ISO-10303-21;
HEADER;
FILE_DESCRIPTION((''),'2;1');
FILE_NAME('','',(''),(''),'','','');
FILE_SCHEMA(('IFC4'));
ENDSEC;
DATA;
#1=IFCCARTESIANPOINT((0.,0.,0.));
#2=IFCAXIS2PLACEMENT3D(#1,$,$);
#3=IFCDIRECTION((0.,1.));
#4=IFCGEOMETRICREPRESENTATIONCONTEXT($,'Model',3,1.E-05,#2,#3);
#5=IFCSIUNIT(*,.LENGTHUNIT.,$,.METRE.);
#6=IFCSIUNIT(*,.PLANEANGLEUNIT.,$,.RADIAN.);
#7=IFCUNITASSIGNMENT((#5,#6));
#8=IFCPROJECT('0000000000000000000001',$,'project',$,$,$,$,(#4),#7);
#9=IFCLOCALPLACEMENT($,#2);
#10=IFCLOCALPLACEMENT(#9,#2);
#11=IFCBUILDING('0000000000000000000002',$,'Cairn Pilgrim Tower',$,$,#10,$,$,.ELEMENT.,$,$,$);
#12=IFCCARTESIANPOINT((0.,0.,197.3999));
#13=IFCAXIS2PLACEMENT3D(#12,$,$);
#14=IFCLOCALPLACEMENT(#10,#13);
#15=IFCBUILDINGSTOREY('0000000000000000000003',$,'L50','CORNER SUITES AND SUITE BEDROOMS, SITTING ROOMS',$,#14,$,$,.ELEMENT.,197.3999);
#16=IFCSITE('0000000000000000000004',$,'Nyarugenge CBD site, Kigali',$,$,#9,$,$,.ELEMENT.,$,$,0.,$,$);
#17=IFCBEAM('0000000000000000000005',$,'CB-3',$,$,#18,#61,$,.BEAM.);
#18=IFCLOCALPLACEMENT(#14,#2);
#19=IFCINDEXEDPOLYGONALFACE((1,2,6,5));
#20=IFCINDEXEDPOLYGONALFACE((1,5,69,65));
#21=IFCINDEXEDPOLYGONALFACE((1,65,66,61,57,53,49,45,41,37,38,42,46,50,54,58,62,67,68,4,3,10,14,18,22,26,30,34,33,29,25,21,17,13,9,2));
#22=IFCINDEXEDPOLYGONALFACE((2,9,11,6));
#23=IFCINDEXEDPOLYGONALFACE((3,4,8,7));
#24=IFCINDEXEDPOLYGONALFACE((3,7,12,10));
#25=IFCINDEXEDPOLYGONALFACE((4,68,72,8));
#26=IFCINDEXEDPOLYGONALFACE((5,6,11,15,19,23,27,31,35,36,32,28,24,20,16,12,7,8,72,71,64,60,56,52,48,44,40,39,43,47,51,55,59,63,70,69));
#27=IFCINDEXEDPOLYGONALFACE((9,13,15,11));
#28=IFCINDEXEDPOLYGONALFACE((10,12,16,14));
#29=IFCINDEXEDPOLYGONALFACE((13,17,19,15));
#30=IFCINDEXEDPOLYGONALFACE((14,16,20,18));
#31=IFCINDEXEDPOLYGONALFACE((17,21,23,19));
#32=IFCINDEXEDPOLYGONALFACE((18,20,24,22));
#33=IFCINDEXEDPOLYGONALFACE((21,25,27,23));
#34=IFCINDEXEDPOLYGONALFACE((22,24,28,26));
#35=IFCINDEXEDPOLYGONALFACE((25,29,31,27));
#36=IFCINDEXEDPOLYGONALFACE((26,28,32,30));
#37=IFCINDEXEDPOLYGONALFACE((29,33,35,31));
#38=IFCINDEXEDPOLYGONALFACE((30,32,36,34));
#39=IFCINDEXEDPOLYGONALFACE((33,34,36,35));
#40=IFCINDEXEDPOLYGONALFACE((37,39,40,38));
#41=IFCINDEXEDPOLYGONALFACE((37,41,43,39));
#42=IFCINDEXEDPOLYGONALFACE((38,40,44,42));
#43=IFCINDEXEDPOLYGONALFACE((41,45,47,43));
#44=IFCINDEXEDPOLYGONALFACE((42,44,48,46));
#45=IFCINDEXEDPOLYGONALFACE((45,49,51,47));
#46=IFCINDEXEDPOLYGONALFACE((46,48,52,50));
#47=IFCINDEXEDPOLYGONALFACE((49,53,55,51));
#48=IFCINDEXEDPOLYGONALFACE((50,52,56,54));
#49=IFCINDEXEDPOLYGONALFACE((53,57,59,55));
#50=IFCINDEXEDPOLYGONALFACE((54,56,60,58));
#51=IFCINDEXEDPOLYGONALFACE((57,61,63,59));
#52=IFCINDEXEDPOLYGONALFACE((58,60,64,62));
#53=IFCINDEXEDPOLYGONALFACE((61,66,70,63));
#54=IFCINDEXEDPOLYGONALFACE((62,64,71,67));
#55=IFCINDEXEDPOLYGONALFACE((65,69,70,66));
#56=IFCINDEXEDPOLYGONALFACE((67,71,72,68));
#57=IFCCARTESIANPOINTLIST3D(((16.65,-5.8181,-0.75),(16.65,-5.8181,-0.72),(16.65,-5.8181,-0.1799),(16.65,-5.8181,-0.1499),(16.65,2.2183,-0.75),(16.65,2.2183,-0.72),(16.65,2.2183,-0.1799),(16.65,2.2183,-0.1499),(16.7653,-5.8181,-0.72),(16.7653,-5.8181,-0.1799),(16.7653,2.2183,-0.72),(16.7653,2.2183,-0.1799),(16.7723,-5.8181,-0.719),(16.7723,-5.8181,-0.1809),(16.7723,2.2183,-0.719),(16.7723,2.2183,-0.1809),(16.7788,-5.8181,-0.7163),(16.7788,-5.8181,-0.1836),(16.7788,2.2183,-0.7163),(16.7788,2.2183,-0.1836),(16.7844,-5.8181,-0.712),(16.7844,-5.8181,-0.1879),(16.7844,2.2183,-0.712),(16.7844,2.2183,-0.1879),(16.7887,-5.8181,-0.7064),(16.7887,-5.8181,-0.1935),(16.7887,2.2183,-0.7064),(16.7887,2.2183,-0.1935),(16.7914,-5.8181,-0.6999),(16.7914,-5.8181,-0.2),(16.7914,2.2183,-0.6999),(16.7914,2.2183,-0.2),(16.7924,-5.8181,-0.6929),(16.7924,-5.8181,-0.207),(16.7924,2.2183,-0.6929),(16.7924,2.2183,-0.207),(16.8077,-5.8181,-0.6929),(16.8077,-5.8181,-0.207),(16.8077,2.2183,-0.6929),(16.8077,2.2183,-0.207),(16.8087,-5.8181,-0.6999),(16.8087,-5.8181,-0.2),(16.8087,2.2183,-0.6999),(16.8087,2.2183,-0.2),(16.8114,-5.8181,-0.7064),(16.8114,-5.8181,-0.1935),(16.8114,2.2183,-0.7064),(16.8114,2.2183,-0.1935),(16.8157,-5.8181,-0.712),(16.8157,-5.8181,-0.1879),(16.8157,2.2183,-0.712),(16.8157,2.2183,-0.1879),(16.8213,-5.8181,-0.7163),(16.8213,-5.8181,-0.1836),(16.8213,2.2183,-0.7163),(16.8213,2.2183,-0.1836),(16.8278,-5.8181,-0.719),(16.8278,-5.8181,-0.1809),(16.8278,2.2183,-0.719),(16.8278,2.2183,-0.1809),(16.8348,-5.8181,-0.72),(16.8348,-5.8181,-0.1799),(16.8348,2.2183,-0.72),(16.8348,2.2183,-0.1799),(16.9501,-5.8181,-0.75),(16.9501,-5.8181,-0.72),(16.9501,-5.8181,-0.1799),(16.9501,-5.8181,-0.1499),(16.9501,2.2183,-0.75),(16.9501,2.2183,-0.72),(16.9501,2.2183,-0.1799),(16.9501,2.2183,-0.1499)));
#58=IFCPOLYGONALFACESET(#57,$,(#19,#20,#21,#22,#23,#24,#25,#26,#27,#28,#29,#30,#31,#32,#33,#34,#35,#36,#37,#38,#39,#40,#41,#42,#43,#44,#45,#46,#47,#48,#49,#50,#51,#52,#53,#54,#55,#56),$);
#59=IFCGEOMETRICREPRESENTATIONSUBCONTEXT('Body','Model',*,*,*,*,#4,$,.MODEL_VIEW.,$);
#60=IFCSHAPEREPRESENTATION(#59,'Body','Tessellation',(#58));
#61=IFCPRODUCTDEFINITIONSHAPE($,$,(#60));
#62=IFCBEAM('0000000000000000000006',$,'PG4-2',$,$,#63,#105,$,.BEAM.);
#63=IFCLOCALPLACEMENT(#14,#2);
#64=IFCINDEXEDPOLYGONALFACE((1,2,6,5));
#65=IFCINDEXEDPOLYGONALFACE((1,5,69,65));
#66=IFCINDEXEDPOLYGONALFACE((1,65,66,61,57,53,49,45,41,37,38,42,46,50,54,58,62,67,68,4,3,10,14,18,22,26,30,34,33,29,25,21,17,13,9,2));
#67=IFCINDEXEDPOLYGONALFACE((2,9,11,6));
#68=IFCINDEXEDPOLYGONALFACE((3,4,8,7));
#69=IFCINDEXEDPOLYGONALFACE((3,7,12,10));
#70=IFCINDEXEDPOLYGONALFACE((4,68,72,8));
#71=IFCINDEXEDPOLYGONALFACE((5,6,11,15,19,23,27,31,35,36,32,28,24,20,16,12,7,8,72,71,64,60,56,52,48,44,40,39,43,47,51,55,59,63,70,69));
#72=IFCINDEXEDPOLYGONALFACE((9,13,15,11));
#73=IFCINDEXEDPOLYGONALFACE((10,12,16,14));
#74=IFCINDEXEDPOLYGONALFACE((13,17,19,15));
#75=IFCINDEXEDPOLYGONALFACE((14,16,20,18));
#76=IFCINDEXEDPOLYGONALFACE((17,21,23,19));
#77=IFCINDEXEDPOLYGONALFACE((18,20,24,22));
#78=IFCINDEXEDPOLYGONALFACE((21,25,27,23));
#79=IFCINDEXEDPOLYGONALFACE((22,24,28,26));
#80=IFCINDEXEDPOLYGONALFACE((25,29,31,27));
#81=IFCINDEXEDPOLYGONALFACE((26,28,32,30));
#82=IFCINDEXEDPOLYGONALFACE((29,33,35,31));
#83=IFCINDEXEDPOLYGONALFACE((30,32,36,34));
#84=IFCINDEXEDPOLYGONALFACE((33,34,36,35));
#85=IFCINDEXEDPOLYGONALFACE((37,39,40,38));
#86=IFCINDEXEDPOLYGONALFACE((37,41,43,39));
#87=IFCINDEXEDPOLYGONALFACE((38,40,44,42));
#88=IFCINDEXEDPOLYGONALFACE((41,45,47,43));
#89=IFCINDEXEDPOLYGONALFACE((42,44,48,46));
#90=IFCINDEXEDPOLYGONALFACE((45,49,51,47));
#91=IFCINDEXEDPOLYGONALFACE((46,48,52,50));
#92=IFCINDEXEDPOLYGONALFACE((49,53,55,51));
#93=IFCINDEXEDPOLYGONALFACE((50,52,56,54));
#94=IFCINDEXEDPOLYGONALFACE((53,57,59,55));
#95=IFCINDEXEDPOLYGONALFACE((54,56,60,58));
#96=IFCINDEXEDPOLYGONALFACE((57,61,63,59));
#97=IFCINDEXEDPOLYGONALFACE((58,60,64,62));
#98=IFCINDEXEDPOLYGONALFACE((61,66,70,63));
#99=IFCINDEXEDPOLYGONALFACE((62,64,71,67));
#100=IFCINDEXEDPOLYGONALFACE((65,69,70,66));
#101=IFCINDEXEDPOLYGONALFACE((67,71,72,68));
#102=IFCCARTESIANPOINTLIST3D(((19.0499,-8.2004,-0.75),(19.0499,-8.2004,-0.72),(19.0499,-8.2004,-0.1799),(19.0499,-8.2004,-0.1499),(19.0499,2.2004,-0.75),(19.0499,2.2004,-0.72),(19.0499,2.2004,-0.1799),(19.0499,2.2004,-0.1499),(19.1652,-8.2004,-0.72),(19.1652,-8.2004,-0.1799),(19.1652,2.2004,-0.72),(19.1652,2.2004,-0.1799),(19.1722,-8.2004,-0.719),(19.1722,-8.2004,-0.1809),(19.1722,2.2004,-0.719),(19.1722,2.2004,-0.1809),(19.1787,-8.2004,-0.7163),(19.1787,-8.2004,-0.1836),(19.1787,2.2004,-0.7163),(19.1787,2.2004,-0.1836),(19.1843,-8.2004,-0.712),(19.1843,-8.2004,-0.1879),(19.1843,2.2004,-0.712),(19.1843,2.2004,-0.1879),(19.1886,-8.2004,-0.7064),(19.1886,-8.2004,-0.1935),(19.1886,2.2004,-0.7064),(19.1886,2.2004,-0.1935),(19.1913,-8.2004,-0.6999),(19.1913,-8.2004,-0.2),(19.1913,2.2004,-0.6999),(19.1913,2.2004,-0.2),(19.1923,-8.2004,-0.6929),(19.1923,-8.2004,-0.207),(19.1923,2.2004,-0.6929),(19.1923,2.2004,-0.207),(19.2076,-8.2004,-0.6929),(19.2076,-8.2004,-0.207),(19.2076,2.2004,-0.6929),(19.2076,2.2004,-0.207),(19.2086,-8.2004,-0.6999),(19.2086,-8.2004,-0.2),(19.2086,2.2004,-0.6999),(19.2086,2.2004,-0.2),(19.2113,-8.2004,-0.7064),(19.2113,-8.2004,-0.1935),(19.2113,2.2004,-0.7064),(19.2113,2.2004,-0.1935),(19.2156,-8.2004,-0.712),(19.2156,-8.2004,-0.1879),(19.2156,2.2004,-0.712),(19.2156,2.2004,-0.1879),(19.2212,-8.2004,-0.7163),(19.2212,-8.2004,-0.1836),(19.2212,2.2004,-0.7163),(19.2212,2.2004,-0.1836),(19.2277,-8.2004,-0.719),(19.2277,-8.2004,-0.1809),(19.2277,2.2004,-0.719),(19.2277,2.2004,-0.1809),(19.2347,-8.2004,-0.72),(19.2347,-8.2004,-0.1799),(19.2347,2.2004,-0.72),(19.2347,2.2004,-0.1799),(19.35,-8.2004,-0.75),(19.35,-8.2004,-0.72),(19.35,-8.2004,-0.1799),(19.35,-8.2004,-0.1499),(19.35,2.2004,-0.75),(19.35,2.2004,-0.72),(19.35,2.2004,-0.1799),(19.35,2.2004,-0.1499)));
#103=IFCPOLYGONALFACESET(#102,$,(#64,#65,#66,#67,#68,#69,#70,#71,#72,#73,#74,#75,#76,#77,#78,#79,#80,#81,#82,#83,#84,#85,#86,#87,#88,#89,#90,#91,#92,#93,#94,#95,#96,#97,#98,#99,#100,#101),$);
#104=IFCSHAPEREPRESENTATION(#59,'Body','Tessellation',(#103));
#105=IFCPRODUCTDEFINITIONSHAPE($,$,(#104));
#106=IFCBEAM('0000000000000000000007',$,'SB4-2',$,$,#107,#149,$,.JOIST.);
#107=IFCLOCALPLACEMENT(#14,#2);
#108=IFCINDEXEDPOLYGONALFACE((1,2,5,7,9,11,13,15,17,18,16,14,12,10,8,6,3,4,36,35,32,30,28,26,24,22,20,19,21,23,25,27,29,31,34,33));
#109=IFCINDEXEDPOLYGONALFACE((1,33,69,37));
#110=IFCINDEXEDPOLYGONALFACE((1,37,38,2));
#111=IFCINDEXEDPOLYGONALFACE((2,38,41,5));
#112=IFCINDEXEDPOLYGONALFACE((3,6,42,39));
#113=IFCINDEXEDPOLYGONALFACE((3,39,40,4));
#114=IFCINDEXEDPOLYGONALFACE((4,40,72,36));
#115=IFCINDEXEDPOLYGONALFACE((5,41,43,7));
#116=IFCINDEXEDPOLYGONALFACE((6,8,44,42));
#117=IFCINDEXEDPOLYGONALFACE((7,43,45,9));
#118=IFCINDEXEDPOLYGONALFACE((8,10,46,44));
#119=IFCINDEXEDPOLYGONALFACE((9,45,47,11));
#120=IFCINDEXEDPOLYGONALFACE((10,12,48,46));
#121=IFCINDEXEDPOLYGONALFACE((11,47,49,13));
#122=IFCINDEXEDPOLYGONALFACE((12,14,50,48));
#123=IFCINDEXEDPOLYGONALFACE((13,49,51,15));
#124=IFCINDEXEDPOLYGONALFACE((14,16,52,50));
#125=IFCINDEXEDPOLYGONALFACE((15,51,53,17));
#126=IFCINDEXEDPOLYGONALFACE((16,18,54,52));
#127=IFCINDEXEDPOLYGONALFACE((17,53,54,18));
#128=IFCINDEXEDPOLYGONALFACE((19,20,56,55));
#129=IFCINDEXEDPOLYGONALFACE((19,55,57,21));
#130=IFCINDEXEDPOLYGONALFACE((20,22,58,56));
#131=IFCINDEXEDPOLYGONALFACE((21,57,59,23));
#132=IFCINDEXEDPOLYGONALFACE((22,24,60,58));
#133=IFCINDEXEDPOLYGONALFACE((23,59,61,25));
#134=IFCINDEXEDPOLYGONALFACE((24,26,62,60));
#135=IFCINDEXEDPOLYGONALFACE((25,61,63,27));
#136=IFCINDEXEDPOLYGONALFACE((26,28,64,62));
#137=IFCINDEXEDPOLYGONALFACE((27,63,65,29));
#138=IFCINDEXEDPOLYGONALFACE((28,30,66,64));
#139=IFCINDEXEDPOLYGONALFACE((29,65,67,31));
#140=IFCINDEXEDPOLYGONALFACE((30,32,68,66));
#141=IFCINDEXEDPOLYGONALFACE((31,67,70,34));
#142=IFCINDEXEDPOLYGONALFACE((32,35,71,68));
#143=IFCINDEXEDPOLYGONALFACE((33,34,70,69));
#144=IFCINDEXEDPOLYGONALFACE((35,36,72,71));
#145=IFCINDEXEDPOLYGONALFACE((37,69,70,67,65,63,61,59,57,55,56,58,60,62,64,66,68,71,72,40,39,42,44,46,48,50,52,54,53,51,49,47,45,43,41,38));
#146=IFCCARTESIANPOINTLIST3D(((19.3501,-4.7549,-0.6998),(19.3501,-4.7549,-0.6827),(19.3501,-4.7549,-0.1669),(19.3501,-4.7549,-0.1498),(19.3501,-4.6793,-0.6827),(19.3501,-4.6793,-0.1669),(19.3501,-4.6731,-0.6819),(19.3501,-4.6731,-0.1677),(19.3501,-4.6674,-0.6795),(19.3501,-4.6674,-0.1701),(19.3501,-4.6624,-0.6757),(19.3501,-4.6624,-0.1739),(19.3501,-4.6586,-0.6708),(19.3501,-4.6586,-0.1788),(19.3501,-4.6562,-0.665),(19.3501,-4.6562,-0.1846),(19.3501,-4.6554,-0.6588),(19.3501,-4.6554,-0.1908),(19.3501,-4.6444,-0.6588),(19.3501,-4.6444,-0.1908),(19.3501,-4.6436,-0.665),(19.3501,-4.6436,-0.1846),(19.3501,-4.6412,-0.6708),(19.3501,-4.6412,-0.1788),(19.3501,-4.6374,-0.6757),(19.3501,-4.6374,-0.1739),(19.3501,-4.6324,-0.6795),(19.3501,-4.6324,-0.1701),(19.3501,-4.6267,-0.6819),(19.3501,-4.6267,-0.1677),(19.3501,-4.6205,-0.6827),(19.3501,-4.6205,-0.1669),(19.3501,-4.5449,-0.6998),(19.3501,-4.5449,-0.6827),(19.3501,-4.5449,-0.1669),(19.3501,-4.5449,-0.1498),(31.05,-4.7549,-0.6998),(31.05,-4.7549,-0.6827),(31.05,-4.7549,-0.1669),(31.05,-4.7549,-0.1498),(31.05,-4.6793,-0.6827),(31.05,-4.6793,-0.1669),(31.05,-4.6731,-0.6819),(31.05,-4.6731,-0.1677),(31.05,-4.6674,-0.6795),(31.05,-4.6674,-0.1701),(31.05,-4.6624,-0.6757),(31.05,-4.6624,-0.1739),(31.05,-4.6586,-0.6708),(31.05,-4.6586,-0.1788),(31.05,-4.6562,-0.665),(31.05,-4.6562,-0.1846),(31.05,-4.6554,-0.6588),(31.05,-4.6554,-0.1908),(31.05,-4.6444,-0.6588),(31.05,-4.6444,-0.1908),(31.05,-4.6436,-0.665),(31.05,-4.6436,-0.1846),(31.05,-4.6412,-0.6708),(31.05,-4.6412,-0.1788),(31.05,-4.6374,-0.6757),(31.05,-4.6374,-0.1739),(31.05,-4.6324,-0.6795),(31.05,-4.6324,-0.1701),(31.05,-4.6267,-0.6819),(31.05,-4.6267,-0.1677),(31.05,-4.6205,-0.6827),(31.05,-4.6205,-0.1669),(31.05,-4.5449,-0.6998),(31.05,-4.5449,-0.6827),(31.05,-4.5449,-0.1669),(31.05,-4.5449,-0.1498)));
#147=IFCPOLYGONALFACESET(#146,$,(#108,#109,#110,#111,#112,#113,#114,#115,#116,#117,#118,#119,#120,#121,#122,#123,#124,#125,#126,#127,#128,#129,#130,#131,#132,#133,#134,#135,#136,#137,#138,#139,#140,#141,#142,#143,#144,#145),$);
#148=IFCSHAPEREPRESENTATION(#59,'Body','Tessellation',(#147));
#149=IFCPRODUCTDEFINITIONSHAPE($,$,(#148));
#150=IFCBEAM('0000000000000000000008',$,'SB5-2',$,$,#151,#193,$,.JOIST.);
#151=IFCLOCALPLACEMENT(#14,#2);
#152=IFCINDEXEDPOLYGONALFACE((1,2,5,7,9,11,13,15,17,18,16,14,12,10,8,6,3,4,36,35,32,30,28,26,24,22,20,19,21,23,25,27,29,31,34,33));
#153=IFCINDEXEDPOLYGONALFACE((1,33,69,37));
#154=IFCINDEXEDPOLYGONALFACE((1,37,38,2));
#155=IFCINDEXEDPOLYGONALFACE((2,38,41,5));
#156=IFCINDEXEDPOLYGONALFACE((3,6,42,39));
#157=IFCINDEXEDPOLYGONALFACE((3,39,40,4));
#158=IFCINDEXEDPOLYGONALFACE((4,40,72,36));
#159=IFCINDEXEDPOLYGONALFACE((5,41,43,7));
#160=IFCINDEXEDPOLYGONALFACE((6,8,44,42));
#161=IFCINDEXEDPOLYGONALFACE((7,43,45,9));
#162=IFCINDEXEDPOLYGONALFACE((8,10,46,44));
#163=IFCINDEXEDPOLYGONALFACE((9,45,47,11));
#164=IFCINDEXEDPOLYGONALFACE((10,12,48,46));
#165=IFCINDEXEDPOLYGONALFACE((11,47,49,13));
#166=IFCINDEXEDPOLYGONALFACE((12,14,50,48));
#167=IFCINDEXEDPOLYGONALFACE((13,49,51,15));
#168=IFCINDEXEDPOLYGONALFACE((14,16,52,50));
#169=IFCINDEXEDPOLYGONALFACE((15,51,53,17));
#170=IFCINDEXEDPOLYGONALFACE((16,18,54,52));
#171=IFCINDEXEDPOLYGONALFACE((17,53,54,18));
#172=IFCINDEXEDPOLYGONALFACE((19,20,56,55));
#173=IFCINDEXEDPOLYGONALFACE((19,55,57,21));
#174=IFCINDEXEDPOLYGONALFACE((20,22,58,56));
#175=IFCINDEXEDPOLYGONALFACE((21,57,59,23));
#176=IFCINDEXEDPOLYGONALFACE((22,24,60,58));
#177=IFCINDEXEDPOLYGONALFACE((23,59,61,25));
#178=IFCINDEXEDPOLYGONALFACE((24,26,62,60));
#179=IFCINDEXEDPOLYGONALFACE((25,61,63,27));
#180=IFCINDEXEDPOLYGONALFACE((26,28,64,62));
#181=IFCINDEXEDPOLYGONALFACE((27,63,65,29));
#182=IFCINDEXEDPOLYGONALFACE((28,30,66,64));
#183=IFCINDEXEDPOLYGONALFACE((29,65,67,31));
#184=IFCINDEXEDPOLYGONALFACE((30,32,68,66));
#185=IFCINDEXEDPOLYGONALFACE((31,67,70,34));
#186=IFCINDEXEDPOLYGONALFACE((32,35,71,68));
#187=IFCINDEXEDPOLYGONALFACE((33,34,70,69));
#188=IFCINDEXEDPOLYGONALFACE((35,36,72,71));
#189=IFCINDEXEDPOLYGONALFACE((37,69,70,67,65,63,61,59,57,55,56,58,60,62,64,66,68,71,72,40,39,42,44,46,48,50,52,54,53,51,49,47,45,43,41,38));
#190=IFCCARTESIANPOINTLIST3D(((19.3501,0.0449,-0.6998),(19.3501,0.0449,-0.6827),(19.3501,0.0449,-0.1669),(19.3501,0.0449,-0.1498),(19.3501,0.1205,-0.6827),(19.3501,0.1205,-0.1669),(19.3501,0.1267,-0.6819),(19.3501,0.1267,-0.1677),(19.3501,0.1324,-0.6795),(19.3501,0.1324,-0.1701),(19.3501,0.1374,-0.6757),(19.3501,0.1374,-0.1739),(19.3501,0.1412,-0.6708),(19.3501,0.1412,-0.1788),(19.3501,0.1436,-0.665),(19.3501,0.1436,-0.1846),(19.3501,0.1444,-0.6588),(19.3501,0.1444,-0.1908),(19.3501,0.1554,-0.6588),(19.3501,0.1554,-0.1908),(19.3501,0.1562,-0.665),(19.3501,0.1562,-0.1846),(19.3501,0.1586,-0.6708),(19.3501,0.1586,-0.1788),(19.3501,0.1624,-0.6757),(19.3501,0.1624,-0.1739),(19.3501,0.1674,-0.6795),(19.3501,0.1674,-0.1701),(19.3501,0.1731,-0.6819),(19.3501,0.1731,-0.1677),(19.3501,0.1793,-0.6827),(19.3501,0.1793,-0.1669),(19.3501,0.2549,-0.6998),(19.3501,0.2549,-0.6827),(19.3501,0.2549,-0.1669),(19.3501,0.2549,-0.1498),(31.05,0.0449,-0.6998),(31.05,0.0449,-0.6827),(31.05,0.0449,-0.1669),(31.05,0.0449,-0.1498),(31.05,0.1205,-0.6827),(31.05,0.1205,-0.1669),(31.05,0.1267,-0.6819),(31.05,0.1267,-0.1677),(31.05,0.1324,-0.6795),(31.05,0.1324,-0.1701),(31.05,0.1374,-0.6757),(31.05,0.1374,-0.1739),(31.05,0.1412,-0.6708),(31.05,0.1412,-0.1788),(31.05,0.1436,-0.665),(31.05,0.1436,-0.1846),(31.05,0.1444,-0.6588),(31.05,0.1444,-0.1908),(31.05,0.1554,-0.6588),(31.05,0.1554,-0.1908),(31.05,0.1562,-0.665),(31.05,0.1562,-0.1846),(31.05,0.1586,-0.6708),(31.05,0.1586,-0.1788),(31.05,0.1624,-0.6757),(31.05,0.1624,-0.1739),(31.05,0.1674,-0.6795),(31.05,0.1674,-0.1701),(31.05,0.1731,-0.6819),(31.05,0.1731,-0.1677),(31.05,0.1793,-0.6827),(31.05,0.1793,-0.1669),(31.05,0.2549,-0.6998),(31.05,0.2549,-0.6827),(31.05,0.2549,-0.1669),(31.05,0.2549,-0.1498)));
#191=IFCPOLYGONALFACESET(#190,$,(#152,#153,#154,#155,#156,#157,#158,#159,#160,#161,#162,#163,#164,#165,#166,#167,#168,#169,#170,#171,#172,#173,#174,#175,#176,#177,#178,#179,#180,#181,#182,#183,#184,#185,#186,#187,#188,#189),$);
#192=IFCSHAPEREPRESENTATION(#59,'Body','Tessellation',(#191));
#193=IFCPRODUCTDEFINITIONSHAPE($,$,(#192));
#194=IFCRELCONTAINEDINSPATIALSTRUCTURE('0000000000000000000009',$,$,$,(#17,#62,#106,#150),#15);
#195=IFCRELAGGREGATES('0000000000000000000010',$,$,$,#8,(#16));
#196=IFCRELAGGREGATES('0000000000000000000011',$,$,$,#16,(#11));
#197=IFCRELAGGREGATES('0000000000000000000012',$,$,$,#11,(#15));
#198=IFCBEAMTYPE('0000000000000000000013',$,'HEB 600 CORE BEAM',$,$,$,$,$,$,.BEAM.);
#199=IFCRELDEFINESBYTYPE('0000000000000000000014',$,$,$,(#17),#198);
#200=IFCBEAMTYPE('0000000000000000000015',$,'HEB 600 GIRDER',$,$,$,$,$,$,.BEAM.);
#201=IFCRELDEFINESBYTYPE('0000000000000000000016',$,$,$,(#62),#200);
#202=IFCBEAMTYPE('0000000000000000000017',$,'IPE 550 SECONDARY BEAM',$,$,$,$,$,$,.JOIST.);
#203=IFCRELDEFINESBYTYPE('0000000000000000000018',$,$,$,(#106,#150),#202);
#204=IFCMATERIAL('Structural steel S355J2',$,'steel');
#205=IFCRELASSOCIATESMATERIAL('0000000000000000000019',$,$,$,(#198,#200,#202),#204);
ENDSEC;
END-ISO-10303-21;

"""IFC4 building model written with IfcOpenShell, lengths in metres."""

from ifc_helpers import new_model, si_unit, direction, frame, origin, origin_2d, place, context, subcontext, project, spatial, i_section, extrude, material, material_profile, profile_set, type_object, element, save


model = new_model("IFC4")

# Units and contexts
model_context = context("Model", 3, precision=1e-05, world=origin(), true_north=direction((0.0, 1.0)))
body_context = subcontext(model_context, "Body", "Model", "MODEL_VIEW")
ifc_project = project(units=[si_unit("LENGTHUNIT", "METRE"), si_unit("PLANEANGLEUNIT", "RADIAN")], contexts=[model_context])

# Site, building, storey
site_placement = place(None, origin())
site = spatial("IfcSite", under=ifc_project, at=site_placement, Name="Nyarugenge CBD site, Kigali", CompositionType="ELEMENT", RefElevation=0.0)
building_placement = place(site_placement, origin())
building = spatial("IfcBuilding", under=site, at=building_placement, Name="Cairn Pilgrim Tower", CompositionType="ELEMENT")
storey_placement = place(building_placement, frame((0.0, 0.0, 197.3999)))
storey = spatial("IfcBuildingStorey", under=building, at=storey_placement, Name="L50", Description="CORNER SUITES AND SUITE BEDROOMS, SITTING ROOMS", CompositionType="ELEMENT", Elevation=197.3999)

# Shared definitions
ifc_material_1 = material(Name="Structural steel S355J2", Category="steel")

# Beams
ifc_material_profile_1 = material_profile(ifc_material_1, i_section(OverallWidth=0.3, OverallDepth=0.6001, WebThickness=0.0154, FlangeThickness=0.03, FilletRadius=0.0271, at=origin_2d()), Name="HEB 600")
ifc_profile_set_1 = profile_set([ifc_material_profile_1], Name="Structural steel S355J2")
beam_type_1 = type_object("IfcBeamType", Name="HEB 600 CORE BEAM", PredefinedType="BEAM", material=ifc_profile_set_1)
beam_1_placement = place(storey_placement, frame((16.8, -5.8181, -0.45), z_axis=(0.0, 1.0, 0.0), x_axis=(-1.0, 0.0, 0.0)))
element("IfcBeam", 1, at=beam_1_placement, inside=storey, type_object=beam_type_1, Name="CB-3", PredefinedType="BEAM", context=body_context, shape_type="SweptSolid", body=[
    extrude(i_section(OverallWidth=0.3, OverallDepth=0.6001, WebThickness=0.0154, FlangeThickness=0.03, FilletRadius=0.0271, at=origin_2d()), origin(), (0.0, 0.0, 1.0), 8.0364),
])
ifc_material_profile_2 = material_profile(ifc_material_1, i_section(OverallWidth=0.3, OverallDepth=0.6001, WebThickness=0.0154, FlangeThickness=0.03, FilletRadius=0.0271, at=origin_2d()), Name="HEB 600")
ifc_profile_set_2 = profile_set([ifc_material_profile_2], Name="Structural steel S355J2")
beam_type_2 = type_object("IfcBeamType", Name="HEB 600 GIRDER", PredefinedType="BEAM", material=ifc_profile_set_2)
beam_2_placement = place(storey_placement, frame((19.2, -8.2004, -0.45), z_axis=(0.0, 1.0, 0.0), x_axis=(-1.0, 0.0, 0.0)))
element("IfcBeam", 2, at=beam_2_placement, inside=storey, type_object=beam_type_2, Name="PG4-2", PredefinedType="BEAM", context=body_context, shape_type="SweptSolid", body=[
    extrude(i_section(OverallWidth=0.3, OverallDepth=0.6001, WebThickness=0.0154, FlangeThickness=0.03, FilletRadius=0.0271, at=origin_2d()), origin(), (0.0, 0.0, 1.0), 10.4009),
])
ifc_material_profile_3 = material_profile(ifc_material_1, i_section(OverallWidth=0.21, OverallDepth=0.55, WebThickness=0.011, FlangeThickness=0.0171, FilletRadius=0.0239, at=origin_2d()), Name="IPE 550")
ifc_profile_set_3 = profile_set([ifc_material_profile_3], Name="Structural steel S355J2")
beam_type_3 = type_object("IfcBeamType", Name="IPE 550 SECONDARY BEAM", PredefinedType="JOIST", material=ifc_profile_set_3)
for number, where, z_axis, x_axis, name in (
    (3, (19.3501, -4.6499, -0.4248), (1.0, 0.0, 0.0), (0.0, 1.0, 0.0), "SB4-2"),
    (4, (19.3501, 0.1499, -0.4248), (1.0, 0.0, 0.0), (0.0, 1.0, 0.0), "SB5-2"),
):
    element("IfcBeam", number, at=place(storey_placement, frame(where, z_axis=z_axis, x_axis=x_axis)), inside=storey, type_object=beam_type_3, Name=name, PredefinedType="JOIST", context=body_context, shape_type="SweptSolid", body=[
        extrude(i_section(OverallWidth=0.21, OverallDepth=0.55, WebThickness=0.011, FlangeThickness=0.0171, FilletRadius=0.0239, at=origin_2d()), origin(), (0.0, 0.0, 1.0), 11.7),
    ])

save(model, "model.ifc")
